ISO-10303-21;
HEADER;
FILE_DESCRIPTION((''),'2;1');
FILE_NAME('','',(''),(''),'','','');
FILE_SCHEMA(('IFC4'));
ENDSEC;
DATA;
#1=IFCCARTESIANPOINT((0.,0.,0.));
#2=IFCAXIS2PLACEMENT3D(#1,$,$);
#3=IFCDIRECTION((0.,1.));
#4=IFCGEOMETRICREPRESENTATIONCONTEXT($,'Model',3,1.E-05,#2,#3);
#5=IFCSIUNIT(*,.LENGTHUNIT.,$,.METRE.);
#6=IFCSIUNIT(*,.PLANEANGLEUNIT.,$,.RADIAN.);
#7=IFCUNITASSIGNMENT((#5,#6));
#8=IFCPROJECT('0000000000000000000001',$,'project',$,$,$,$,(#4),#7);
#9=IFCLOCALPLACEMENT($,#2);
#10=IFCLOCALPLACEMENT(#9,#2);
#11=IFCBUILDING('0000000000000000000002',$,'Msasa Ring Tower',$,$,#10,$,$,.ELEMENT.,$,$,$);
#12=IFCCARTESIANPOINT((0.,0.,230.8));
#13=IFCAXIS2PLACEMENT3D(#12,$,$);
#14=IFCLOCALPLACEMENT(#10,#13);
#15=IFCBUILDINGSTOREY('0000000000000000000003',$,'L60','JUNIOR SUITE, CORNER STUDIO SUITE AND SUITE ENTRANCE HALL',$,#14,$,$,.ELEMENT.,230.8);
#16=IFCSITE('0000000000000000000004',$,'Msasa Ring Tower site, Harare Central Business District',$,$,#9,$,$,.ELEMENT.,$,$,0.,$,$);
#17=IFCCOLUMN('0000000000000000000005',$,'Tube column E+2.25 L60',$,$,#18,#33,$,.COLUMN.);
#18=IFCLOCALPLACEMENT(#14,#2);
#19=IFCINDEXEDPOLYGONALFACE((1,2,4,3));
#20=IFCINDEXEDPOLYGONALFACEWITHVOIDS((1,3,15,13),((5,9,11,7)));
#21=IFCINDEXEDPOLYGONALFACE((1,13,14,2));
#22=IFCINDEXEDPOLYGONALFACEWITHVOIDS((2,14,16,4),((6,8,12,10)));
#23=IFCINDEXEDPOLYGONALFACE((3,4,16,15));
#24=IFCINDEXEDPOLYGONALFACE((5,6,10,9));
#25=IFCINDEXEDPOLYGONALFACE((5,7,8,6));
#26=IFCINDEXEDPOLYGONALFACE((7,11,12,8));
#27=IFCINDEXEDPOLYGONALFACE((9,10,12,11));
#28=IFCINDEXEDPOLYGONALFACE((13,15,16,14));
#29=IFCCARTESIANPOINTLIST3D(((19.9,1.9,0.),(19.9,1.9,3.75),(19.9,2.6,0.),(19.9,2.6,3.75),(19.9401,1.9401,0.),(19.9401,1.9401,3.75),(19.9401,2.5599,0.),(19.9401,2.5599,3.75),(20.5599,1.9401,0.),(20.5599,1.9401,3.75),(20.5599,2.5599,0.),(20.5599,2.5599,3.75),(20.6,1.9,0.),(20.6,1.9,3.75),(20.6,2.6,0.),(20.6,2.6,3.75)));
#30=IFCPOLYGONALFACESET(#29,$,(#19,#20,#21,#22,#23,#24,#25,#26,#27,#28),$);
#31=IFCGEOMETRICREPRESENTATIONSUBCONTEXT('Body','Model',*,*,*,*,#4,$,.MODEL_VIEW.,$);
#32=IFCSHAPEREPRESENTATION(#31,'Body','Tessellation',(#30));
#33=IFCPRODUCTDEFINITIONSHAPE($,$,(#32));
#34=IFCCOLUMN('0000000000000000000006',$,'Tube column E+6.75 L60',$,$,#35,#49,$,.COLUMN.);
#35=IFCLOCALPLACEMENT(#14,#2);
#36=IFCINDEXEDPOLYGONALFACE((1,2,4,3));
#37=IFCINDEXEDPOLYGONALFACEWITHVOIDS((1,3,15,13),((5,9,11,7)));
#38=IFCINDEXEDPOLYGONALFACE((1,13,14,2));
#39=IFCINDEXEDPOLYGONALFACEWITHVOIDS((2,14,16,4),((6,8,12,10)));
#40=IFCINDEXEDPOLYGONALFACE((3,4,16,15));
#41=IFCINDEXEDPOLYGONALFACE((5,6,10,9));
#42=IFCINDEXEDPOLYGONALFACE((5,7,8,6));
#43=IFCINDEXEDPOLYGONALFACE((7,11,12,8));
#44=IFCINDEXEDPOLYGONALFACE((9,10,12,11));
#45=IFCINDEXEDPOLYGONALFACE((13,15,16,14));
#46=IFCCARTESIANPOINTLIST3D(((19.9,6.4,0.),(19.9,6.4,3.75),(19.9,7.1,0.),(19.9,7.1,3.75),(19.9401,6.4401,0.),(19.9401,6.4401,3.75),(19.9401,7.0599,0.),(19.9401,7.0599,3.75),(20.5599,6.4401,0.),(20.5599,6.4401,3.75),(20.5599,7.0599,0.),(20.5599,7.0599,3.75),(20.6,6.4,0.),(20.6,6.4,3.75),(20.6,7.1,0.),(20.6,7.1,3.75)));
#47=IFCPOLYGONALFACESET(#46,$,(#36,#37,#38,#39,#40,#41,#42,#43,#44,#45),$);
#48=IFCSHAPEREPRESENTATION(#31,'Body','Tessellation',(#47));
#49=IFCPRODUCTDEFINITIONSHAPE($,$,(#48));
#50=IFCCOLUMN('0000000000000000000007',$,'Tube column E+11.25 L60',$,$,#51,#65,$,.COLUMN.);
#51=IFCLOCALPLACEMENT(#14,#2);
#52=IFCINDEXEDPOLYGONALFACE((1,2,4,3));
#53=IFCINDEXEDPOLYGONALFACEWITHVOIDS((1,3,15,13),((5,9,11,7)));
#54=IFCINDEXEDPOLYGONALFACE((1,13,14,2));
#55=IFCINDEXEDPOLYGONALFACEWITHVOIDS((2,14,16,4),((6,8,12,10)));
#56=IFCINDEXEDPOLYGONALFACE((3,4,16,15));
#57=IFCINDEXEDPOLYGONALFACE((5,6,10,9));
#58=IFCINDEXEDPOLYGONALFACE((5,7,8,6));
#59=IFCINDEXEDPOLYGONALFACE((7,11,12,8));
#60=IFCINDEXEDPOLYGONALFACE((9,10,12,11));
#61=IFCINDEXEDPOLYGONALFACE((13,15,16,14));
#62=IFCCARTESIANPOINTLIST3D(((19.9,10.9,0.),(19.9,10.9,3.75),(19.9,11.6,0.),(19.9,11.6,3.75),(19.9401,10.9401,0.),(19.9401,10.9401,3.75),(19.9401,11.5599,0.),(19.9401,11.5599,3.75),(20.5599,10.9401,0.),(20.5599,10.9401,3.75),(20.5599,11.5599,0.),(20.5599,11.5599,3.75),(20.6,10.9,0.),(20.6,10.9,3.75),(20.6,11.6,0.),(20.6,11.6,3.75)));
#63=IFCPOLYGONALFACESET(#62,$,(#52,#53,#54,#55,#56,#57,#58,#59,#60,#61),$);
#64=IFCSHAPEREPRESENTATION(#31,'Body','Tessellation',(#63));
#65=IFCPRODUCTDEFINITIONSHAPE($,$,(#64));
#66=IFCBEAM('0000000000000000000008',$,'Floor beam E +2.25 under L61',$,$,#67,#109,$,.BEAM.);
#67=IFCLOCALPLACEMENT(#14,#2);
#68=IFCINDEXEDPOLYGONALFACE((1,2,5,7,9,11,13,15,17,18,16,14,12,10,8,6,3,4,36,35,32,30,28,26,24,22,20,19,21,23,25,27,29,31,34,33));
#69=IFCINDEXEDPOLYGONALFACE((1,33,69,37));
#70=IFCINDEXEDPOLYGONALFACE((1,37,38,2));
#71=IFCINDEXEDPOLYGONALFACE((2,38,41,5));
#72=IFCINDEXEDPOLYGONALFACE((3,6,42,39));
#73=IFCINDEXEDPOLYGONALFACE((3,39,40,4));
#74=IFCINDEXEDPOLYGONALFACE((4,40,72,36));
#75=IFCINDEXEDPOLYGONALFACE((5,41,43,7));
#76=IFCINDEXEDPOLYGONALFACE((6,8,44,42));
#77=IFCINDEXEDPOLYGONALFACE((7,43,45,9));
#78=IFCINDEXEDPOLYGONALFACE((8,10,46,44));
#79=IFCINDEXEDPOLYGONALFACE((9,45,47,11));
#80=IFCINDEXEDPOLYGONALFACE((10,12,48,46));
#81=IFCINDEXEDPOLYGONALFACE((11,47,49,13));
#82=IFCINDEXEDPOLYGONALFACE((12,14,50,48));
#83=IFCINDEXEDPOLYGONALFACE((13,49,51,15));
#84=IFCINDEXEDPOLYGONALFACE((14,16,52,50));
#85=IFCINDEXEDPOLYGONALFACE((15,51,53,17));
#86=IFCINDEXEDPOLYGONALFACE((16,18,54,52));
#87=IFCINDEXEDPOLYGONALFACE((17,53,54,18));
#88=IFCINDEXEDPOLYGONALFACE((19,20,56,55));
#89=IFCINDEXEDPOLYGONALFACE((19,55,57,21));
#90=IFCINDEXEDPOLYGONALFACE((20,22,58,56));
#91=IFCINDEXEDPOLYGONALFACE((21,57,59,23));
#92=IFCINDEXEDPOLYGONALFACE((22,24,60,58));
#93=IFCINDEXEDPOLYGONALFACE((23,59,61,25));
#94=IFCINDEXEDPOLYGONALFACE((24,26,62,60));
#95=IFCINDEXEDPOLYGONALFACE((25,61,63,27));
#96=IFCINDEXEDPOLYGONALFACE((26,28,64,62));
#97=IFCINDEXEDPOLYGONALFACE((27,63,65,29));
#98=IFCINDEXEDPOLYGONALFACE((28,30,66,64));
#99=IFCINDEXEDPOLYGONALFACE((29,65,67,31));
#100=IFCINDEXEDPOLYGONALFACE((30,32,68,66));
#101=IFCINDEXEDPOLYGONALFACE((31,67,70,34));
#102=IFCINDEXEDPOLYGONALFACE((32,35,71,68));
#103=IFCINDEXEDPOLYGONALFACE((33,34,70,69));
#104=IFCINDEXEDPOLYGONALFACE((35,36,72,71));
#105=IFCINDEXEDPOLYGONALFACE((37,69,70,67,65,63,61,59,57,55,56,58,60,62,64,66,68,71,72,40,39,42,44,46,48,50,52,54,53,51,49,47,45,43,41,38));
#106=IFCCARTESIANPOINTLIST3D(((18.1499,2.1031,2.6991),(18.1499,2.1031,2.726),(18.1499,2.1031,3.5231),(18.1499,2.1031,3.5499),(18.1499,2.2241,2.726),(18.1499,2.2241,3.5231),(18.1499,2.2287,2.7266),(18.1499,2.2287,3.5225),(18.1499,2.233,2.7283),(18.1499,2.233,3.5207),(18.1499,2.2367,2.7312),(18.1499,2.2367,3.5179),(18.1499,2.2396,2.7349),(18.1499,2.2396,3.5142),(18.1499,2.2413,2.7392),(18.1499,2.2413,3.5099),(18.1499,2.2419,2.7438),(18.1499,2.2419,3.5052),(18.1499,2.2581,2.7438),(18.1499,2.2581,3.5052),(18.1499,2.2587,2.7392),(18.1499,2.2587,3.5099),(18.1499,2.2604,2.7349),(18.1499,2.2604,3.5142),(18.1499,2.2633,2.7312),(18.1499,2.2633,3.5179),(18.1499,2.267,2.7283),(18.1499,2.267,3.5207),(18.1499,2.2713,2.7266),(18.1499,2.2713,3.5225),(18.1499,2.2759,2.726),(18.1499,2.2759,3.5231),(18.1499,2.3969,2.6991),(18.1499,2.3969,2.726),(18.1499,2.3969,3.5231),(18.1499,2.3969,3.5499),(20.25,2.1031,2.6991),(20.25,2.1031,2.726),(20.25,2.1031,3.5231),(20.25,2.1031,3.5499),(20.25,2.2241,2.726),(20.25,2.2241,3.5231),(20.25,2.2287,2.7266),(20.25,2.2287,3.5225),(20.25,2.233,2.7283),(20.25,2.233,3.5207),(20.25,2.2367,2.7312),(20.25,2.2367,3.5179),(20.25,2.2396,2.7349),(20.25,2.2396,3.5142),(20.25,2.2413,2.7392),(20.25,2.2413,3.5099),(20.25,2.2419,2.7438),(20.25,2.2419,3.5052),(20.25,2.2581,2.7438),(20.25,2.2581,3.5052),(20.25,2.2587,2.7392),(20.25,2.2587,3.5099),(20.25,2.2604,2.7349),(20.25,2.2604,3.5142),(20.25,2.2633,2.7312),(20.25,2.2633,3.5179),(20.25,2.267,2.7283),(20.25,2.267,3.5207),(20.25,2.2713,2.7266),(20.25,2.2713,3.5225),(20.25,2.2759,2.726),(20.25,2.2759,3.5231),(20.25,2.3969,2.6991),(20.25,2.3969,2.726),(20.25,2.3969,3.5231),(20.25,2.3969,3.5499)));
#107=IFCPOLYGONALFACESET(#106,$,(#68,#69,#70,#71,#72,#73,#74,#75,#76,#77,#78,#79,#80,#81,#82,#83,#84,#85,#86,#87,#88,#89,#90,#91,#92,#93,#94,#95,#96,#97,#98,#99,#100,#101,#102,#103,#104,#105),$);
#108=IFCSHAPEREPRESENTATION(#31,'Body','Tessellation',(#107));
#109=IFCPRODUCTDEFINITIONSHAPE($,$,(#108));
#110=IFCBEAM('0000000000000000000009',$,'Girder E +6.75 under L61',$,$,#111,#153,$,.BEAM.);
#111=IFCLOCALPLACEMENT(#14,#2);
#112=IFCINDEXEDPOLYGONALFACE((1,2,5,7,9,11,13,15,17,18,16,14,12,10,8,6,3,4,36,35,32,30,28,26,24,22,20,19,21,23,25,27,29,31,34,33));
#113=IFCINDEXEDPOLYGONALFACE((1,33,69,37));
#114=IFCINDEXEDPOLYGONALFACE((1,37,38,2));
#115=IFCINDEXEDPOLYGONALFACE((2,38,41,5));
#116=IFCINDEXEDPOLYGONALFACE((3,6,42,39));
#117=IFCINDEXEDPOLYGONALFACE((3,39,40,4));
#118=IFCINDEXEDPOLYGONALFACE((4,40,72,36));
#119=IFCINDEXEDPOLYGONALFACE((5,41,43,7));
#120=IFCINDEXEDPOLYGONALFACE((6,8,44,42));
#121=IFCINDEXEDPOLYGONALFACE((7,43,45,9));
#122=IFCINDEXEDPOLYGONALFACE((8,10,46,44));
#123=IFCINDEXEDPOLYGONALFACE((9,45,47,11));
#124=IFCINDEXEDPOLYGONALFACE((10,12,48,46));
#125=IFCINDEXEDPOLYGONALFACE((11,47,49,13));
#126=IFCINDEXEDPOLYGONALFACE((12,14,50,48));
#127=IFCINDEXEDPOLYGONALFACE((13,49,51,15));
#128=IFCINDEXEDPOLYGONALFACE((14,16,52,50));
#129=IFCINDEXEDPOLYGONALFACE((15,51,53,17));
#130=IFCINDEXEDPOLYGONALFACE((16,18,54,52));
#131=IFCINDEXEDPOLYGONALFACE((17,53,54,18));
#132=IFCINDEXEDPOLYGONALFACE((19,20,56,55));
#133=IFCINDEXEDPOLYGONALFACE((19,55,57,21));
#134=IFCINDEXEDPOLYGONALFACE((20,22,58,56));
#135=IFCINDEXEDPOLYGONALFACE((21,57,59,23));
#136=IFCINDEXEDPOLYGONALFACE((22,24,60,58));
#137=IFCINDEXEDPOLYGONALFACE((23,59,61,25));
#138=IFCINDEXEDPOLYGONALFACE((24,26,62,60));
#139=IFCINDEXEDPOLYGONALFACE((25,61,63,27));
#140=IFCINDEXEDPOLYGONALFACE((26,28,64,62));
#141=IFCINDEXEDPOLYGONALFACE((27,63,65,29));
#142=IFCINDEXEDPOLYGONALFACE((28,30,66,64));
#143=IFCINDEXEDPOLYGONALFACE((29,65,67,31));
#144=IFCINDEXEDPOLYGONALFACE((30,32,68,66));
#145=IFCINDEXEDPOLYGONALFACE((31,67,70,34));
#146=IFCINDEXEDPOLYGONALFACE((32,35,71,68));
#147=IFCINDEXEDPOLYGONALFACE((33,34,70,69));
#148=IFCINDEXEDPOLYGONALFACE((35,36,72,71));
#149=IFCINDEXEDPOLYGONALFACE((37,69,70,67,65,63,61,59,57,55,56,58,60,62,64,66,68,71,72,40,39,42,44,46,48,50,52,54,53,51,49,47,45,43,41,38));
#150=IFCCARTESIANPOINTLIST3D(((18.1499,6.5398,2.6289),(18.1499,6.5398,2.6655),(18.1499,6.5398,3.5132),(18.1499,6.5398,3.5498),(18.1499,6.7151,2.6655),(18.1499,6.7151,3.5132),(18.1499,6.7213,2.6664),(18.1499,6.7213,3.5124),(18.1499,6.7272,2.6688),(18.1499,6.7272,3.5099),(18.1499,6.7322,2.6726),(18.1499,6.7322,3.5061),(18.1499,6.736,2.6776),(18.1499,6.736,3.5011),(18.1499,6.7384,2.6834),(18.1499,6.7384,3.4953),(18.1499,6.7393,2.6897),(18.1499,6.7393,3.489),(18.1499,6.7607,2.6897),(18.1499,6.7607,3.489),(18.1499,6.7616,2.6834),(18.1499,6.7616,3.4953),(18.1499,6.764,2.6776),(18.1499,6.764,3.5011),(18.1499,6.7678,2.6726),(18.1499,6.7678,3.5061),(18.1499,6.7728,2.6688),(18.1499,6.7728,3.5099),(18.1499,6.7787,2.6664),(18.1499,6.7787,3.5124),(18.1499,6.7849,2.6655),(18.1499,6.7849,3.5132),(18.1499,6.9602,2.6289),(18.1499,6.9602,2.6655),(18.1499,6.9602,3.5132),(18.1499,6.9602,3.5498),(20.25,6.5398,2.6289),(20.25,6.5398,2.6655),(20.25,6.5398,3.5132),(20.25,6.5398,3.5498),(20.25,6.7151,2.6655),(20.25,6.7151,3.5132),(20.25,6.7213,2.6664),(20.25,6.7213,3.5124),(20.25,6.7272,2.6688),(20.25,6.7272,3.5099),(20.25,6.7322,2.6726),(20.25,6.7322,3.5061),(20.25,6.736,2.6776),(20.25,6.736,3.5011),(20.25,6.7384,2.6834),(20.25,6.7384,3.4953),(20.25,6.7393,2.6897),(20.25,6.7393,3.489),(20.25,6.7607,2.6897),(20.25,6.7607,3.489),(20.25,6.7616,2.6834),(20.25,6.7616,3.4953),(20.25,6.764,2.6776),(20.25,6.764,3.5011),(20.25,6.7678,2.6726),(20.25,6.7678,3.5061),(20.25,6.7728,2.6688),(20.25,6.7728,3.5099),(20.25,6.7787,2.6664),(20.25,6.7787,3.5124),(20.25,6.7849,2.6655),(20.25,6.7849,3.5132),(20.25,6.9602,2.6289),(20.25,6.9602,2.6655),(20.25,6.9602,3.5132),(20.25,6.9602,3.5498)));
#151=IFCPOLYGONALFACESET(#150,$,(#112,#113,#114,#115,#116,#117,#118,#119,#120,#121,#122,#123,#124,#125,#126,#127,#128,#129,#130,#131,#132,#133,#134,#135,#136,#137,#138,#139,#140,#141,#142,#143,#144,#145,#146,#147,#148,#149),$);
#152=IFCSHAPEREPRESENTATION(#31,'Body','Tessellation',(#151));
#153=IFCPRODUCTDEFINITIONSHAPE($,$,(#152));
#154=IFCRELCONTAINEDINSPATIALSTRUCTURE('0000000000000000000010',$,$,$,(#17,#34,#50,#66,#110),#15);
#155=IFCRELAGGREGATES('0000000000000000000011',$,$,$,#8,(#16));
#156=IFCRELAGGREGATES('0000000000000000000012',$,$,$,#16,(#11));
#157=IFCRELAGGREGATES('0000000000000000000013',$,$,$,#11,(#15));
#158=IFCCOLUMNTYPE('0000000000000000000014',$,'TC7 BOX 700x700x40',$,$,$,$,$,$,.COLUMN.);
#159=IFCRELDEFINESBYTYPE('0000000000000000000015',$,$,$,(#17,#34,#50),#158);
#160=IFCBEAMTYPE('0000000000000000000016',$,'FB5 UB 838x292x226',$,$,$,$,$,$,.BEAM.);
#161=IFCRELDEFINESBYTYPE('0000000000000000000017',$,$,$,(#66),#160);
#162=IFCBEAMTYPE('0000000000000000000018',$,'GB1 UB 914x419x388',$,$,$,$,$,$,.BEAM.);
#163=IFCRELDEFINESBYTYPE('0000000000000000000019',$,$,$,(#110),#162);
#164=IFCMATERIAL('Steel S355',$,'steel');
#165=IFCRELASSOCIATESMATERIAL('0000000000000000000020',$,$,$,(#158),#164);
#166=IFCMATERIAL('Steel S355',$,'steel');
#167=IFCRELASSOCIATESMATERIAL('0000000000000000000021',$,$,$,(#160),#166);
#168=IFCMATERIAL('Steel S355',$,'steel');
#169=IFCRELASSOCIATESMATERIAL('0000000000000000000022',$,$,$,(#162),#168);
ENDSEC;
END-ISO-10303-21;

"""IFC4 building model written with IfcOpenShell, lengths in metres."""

from ifc_helpers import new_model, si_unit, direction, frame, origin, origin_2d, place, context, subcontext, project, spatial, hollow_rectangle, i_section, extrude, material, material_profile, profile_set, type_object, element, save


model = new_model("IFC4")

# Units and contexts
model_context = context("Model", 3, precision=1e-05, world=origin(), true_north=direction((0.0, 1.0)))
body_context = subcontext(model_context, "Body", "Model", "MODEL_VIEW")
ifc_project = project(units=[si_unit("LENGTHUNIT", "METRE"), si_unit("PLANEANGLEUNIT", "RADIAN")], contexts=[model_context])

# Site, building, storey
site_placement = place(None, origin())
site = spatial("IfcSite", under=ifc_project, at=site_placement, Name="Msasa Ring Tower site, Harare Central Business District", CompositionType="ELEMENT", RefElevation=0.0)
building_placement = place(site_placement, origin())
building = spatial("IfcBuilding", under=site, at=building_placement, Name="Msasa Ring Tower", CompositionType="ELEMENT")
storey_placement = place(building_placement, frame((0.0, 0.0, 230.8)))
storey = spatial("IfcBuildingStorey", under=building, at=storey_placement, Name="L60", Description="JUNIOR SUITE, CORNER STUDIO SUITE AND SUITE ENTRANCE HALL", CompositionType="ELEMENT", Elevation=230.8)

# Columns
ifc_material_1 = material(Name="Steel S355", Category="steel")
ifc_material_profile_1 = material_profile(ifc_material_1, hollow_rectangle(XDim=0.7, YDim=0.7, WallThickness=0.04, at=origin_2d()), Name="BOX 700x700x40")
ifc_profile_set_1 = profile_set([ifc_material_profile_1], Name="Steel S355")
column_type = type_object("IfcColumnType", Name="TC7 BOX 700x700x40", PredefinedType="COLUMN", material=ifc_profile_set_1)
for number, where, z_axis, x_axis, name in (
    (1, (20.25, 2.25, 0.0), (0.0, 0.0, 1.0), (1.0, 0.0, 0.0), "Tube column E+2.25 L60"),
    (2, (20.25, 6.75, 0.0), (0.0, 0.0, 1.0), (1.0, 0.0, 0.0), "Tube column E+6.75 L60"),
    (3, (20.25, 11.25, 0.0), (0.0, 0.0, 1.0), (1.0, 0.0, 0.0), "Tube column E+11.25 L60"),
):
    element("IfcColumn", number, at=place(storey_placement, frame(where, z_axis=z_axis, x_axis=x_axis)), inside=storey, type_object=column_type, Name=name, PredefinedType="COLUMN", context=body_context, shape_type="SweptSolid", body=[
        extrude(hollow_rectangle(XDim=0.7, YDim=0.7, WallThickness=0.04, at=origin_2d()), origin(), (0.0, 0.0, 1.0), 3.75),
    ])

# Beams
ifc_material_2 = material(Name="Steel S355", Category="steel")
ifc_material_profile_2 = material_profile(ifc_material_2, i_section(OverallWidth=0.2937, OverallDepth=0.8508, WebThickness=0.0161, FlangeThickness=0.0269, FilletRadius=0.0178, at=origin_2d()), Name="UB 838x292x226")
ifc_profile_set_2 = profile_set([ifc_material_profile_2], Name="Steel S355")
beam_type_1 = type_object("IfcBeamType", Name="FB5 UB 838x292x226", PredefinedType="BEAM", material=ifc_profile_set_2)
beam_1_placement = place(storey_placement, frame((20.25, 2.25, 3.1245), z_axis=(-1.0, 0.0, 0.0), x_axis=(0.0, -1.0, 0.0)))
element("IfcBeam", 4, at=beam_1_placement, inside=storey, type_object=beam_type_1, Name="Floor beam E +2.25 under L61", PredefinedType="BEAM", context=body_context, shape_type="SweptSolid", body=[
    extrude(i_section(OverallWidth=0.2937, OverallDepth=0.8508, WebThickness=0.0161, FlangeThickness=0.0269, FilletRadius=0.0178, at=origin_2d()), origin(), (0.0, 0.0, 1.0), 2.1001),
])
ifc_material_3 = material(Name="Steel S355", Category="steel")
ifc_material_profile_3 = material_profile(ifc_material_3, i_section(OverallWidth=0.4204, OverallDepth=0.9209, WebThickness=0.0215, FlangeThickness=0.0366, FilletRadius=0.0242, at=origin_2d()), Name="UB 914x419x388")
ifc_profile_set_3 = profile_set([ifc_material_profile_3], Name="Steel S355")
beam_type_2 = type_object("IfcBeamType", Name="GB1 UB 914x419x388", PredefinedType="BEAM", material=ifc_profile_set_3)
beam_2_placement = place(storey_placement, frame((18.1499, 6.75, 3.0894), z_axis=(1.0, 0.0, 0.0), x_axis=(0.0, 1.0, 0.0)))
element("IfcBeam", 5, at=beam_2_placement, inside=storey, type_object=beam_type_2, Name="Girder E +6.75 under L61", PredefinedType="BEAM", context=body_context, shape_type="SweptSolid", body=[
    extrude(i_section(OverallWidth=0.4204, OverallDepth=0.9209, WebThickness=0.0215, FlangeThickness=0.0366, FilletRadius=0.0242, at=origin_2d()), origin(), (0.0, 0.0, 1.0), 2.1001),
])

save(model, "model.ifc")
